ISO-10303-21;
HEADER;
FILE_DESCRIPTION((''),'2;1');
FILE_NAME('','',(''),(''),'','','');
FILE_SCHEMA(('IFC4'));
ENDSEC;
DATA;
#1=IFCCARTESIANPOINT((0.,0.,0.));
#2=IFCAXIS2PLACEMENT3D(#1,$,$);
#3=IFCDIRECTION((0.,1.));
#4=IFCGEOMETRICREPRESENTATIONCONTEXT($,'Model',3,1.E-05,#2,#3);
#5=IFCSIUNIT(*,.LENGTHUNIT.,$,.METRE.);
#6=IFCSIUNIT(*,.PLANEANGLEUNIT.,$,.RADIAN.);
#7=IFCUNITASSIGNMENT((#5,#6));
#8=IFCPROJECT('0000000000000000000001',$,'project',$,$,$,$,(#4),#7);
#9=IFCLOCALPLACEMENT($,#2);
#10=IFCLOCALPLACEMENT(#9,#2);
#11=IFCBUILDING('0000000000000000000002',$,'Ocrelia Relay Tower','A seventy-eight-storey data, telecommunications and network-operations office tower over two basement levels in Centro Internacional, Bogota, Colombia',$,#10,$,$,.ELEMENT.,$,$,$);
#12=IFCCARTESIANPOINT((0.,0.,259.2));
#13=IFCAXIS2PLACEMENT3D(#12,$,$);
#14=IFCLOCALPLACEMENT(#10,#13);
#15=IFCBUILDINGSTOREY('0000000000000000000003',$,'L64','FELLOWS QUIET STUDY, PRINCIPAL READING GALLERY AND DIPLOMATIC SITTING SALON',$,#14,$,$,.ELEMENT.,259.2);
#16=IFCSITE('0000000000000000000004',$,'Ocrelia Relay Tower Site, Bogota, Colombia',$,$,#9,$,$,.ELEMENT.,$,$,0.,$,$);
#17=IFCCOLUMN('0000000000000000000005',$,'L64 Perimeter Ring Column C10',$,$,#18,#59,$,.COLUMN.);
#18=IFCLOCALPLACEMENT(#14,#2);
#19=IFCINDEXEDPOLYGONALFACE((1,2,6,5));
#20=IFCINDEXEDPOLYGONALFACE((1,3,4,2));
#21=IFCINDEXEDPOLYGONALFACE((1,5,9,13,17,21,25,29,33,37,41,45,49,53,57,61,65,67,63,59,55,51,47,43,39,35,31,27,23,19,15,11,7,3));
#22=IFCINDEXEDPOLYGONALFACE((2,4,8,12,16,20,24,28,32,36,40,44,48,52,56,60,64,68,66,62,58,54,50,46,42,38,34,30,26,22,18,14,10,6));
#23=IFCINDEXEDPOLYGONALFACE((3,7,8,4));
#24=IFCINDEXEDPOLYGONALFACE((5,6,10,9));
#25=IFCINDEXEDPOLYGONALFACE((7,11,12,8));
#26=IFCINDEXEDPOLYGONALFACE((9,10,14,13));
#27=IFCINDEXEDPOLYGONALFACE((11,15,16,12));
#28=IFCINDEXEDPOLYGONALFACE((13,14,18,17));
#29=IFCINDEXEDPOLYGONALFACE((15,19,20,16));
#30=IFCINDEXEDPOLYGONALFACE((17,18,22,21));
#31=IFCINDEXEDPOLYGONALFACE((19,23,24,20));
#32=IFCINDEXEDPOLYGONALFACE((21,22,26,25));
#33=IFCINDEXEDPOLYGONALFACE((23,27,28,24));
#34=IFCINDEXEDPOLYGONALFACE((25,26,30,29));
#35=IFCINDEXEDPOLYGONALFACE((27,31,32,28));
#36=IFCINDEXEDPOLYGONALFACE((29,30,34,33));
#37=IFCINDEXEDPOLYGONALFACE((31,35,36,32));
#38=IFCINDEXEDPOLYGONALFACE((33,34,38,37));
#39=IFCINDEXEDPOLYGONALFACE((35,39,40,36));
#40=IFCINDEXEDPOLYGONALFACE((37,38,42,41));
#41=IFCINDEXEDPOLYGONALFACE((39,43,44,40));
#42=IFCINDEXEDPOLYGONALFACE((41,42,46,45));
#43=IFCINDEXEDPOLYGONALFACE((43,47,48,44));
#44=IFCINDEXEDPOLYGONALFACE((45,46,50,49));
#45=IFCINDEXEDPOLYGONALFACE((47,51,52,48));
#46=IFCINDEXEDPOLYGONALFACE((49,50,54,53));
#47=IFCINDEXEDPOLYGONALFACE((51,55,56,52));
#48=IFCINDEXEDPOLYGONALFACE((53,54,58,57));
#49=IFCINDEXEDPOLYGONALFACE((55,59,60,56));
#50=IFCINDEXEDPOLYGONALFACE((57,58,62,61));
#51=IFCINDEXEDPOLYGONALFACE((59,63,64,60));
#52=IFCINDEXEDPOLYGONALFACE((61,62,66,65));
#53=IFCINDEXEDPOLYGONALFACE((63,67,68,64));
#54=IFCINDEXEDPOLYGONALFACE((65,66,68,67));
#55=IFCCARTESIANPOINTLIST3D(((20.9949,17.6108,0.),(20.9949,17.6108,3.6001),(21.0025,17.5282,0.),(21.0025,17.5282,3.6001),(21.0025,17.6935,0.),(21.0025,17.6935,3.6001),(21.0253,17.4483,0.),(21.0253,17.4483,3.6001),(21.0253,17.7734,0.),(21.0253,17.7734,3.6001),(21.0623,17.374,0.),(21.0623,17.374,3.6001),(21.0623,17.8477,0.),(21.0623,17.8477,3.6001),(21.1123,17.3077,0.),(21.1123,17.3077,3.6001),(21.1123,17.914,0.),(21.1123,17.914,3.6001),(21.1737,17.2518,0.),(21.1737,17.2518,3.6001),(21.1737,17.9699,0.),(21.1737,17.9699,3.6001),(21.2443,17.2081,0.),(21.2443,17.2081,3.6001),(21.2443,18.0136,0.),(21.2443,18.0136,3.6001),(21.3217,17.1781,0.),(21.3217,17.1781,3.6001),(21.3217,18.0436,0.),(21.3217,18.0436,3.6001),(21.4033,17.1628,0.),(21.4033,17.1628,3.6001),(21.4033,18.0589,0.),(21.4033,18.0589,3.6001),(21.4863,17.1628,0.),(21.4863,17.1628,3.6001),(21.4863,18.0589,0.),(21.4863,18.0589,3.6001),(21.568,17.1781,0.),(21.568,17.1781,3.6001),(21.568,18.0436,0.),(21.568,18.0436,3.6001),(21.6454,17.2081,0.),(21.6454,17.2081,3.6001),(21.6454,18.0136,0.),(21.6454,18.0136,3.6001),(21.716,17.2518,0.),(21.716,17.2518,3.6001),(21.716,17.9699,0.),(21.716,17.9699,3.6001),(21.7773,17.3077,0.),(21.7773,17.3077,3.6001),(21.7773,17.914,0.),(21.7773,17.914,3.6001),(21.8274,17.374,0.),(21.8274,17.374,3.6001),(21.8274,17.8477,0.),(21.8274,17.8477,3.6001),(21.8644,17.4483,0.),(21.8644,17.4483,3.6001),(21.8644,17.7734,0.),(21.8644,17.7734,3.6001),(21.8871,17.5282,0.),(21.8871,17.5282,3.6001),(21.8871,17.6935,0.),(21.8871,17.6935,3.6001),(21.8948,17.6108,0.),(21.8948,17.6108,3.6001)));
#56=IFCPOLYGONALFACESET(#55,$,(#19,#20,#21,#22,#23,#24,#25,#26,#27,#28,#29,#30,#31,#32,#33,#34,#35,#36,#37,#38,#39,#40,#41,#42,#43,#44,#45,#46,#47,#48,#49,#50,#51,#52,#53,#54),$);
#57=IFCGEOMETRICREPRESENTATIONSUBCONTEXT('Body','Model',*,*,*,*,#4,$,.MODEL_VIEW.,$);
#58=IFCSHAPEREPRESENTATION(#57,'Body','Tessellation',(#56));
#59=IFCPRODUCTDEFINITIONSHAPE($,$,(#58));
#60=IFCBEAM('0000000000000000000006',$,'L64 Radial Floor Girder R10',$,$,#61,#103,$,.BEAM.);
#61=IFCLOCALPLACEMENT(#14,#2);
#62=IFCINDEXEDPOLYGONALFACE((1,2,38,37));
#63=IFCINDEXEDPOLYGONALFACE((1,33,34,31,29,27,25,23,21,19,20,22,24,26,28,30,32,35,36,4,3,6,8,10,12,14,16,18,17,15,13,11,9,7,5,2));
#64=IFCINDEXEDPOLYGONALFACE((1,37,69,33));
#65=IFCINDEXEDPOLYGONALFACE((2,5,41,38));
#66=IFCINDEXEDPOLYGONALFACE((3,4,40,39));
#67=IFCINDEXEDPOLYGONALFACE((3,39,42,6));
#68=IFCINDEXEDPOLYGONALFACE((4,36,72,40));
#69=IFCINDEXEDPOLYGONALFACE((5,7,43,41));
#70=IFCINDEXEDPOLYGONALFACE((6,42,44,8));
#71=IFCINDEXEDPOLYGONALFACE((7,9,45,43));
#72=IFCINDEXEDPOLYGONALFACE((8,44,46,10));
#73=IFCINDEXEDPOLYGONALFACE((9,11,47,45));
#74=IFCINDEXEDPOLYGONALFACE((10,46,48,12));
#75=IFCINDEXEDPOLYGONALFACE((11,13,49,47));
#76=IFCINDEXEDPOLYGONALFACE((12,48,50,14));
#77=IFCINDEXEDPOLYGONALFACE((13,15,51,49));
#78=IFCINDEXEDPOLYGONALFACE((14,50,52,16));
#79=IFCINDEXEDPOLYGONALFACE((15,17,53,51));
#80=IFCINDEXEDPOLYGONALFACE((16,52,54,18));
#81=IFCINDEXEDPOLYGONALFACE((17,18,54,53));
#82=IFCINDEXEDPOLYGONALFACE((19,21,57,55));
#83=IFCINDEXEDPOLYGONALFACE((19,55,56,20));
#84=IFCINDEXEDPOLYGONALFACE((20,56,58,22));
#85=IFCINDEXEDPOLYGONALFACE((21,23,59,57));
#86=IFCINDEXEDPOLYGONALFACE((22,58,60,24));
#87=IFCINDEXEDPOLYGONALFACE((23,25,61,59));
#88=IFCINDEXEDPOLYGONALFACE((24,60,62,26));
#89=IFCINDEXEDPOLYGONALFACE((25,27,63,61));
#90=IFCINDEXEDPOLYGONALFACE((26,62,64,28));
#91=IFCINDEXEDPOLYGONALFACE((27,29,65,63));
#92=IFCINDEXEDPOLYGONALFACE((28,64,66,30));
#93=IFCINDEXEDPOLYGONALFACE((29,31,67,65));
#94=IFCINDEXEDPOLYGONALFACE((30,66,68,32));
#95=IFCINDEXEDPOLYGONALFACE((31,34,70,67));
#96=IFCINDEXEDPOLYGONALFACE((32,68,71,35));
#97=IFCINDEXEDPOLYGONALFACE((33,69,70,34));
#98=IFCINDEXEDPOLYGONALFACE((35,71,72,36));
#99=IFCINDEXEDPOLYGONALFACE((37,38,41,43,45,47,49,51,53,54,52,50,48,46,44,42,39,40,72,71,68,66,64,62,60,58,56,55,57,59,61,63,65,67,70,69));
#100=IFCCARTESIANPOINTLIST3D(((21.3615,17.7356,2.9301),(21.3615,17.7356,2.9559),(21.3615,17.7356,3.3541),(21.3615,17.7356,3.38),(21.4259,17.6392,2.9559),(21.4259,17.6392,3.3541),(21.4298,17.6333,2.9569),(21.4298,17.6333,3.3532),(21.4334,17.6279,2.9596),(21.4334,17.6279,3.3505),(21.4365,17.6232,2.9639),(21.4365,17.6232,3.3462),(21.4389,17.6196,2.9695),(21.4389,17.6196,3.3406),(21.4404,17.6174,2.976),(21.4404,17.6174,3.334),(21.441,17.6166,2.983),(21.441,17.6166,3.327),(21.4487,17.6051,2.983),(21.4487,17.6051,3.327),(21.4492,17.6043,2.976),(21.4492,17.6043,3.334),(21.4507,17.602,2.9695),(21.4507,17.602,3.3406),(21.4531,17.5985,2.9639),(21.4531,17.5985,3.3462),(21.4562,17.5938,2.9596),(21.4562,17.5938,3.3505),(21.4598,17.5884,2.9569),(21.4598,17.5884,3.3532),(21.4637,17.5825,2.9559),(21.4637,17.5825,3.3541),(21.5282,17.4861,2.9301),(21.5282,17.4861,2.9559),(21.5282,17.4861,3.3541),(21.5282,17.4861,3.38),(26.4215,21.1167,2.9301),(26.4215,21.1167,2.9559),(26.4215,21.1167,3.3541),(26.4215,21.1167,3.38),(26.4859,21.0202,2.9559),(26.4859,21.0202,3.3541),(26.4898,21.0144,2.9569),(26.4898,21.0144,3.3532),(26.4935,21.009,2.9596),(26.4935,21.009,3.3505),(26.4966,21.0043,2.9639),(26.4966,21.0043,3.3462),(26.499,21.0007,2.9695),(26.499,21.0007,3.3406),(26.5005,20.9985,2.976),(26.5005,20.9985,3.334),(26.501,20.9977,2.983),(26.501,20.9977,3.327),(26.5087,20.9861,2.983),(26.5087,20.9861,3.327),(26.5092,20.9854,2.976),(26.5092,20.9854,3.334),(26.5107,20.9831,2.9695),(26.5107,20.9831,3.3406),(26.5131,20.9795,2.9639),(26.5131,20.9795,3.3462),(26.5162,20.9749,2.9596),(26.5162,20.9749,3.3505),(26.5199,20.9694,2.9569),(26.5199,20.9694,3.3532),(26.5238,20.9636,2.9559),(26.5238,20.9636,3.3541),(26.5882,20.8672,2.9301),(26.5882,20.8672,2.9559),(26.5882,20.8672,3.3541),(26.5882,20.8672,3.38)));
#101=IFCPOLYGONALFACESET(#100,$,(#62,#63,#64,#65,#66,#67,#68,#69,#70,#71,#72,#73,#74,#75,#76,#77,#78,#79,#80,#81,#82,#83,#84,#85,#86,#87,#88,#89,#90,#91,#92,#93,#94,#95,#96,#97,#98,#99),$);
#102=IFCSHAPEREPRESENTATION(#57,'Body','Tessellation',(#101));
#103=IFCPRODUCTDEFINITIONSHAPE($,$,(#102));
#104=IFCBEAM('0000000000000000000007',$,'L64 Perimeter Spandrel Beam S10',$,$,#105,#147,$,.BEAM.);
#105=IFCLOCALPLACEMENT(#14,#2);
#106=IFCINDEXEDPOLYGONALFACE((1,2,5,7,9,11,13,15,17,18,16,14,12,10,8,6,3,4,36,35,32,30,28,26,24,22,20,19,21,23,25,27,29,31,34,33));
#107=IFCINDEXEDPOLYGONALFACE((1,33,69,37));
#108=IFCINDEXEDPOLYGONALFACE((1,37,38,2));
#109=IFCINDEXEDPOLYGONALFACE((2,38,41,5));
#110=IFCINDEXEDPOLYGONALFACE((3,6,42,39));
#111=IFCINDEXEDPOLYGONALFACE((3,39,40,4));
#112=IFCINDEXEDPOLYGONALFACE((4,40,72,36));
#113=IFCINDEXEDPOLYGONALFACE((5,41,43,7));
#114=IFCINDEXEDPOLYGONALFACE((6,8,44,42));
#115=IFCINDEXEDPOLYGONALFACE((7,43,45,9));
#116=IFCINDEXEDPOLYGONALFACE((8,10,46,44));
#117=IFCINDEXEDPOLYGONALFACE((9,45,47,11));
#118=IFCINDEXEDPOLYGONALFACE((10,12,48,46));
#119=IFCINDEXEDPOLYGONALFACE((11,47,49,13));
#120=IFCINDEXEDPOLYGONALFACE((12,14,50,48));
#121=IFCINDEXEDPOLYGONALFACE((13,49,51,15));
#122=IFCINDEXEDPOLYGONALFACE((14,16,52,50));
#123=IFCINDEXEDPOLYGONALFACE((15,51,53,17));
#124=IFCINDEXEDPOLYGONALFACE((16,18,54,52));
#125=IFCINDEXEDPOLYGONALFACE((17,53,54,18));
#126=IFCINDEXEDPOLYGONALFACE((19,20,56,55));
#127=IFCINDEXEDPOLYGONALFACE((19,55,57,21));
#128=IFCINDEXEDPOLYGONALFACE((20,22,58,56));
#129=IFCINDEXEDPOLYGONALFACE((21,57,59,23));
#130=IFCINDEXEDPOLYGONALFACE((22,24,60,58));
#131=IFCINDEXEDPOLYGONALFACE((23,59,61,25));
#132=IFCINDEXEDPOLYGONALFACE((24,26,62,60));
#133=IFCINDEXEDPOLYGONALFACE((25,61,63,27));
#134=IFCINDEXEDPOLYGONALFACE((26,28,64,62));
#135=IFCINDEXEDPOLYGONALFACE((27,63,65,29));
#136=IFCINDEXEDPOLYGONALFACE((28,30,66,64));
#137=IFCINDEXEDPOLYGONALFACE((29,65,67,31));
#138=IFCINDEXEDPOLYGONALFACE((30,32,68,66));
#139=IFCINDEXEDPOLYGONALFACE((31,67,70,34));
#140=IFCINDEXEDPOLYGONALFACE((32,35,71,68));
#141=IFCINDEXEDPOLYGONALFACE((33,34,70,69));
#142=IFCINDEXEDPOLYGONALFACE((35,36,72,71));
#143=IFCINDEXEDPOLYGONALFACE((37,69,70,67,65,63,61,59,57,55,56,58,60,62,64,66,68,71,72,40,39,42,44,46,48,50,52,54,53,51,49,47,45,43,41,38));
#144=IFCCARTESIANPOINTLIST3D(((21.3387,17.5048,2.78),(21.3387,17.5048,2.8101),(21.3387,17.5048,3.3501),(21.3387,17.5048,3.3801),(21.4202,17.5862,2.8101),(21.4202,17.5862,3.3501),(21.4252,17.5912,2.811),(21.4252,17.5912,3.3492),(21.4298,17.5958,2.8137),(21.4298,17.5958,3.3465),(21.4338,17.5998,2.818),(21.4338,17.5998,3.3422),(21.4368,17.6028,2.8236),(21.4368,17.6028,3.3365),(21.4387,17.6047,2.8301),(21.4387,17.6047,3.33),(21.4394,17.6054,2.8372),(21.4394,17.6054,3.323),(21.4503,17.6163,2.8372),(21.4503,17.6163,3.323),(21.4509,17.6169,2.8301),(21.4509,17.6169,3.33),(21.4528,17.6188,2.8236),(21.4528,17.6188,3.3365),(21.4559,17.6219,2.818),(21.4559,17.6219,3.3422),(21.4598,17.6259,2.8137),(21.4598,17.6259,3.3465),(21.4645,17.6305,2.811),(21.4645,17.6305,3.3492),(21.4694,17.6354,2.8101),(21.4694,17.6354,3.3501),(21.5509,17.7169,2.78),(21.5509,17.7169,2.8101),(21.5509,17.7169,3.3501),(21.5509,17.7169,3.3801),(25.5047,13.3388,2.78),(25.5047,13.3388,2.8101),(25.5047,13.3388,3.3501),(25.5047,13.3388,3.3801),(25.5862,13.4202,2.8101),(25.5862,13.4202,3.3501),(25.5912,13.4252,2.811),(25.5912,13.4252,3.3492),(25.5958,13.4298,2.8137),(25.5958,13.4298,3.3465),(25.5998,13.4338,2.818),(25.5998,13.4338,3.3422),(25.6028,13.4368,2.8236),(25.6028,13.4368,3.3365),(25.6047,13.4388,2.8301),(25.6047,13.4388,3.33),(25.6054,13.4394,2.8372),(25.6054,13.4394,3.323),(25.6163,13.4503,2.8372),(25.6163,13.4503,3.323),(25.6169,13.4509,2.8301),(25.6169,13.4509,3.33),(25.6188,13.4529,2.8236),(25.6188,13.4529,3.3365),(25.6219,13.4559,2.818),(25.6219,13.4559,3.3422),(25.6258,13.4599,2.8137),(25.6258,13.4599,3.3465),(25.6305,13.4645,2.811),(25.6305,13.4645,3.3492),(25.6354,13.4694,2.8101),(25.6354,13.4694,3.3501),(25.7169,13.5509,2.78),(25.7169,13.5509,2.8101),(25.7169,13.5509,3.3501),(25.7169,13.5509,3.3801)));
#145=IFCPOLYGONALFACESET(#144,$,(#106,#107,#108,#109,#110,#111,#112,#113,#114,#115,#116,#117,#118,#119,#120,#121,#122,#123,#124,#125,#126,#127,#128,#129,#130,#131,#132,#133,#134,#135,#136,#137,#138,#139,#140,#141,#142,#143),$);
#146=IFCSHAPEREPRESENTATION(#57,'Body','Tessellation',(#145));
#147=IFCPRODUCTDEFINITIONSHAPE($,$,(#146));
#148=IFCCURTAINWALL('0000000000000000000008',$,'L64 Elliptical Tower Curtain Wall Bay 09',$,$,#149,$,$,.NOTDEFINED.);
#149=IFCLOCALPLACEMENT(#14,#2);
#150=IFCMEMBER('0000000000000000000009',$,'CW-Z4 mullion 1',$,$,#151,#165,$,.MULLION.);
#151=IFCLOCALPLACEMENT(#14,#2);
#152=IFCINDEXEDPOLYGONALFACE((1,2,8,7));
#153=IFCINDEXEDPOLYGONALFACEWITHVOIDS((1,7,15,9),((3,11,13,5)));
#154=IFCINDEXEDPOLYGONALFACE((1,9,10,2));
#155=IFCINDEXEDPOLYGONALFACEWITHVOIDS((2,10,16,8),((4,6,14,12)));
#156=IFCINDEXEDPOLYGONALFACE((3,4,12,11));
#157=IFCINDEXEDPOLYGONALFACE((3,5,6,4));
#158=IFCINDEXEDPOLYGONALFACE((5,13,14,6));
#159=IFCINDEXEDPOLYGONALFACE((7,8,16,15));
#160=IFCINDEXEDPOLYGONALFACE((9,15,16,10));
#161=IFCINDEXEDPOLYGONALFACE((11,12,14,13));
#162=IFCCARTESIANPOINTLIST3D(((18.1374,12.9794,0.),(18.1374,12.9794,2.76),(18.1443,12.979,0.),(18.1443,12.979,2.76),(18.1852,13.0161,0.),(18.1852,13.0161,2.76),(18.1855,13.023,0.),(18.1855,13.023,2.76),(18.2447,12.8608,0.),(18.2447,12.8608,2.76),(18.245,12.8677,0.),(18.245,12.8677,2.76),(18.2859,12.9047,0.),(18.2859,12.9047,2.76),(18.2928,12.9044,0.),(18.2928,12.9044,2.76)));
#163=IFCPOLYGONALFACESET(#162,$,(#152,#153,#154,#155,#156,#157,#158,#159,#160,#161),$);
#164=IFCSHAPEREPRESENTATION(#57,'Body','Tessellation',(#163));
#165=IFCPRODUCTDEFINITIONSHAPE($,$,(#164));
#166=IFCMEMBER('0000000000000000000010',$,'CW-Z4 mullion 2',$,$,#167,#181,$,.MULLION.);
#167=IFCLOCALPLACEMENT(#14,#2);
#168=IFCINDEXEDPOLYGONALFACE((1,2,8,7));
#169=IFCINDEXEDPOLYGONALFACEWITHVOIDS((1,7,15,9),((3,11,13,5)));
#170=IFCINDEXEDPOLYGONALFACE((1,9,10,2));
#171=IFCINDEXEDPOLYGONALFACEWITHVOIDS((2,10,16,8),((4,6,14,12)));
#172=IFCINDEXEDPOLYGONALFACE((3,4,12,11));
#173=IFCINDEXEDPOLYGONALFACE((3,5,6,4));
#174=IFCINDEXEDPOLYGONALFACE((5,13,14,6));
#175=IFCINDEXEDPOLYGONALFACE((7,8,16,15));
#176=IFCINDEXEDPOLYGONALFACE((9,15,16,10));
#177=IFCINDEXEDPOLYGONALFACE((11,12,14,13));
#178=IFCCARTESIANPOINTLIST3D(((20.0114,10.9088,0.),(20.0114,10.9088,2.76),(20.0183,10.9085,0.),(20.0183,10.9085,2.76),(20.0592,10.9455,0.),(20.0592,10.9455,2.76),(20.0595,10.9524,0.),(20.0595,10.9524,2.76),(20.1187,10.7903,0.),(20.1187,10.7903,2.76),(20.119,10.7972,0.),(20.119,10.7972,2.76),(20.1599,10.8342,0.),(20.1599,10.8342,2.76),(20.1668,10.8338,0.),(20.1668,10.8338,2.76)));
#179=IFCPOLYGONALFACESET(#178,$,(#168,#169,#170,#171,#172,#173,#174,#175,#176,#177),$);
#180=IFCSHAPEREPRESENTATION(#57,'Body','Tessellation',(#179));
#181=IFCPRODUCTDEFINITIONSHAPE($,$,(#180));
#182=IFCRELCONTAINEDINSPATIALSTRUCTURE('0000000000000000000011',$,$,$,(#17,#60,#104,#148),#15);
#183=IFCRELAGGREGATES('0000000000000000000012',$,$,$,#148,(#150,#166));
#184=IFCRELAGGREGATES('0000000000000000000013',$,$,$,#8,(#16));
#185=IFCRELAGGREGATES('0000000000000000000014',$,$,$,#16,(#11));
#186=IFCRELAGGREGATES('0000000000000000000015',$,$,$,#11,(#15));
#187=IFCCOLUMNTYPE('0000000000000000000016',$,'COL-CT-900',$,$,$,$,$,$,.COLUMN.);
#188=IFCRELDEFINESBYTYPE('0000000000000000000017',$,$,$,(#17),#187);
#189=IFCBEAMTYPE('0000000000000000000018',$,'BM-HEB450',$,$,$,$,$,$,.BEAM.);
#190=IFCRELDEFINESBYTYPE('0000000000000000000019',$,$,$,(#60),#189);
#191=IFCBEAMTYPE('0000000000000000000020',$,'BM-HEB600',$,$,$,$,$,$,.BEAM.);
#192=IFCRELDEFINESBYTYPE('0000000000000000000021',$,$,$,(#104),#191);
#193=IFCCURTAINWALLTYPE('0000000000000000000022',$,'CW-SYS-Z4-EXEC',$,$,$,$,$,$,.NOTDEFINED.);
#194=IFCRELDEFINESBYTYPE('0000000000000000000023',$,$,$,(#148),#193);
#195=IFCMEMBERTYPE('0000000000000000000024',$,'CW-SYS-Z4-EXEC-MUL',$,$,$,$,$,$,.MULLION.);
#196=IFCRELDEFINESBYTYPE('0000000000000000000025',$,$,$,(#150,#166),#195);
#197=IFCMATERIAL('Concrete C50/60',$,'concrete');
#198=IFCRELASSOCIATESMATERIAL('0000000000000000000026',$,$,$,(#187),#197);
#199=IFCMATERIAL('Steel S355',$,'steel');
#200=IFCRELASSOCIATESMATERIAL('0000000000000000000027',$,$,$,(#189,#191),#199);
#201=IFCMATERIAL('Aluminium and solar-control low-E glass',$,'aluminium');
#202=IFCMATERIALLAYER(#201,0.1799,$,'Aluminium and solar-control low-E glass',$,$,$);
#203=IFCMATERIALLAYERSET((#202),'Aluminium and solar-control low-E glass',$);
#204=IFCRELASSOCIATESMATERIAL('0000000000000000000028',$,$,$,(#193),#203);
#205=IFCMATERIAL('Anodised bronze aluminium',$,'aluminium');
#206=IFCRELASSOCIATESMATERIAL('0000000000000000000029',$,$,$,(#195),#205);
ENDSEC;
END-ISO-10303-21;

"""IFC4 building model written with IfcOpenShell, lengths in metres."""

from ifc_helpers import new_model, si_unit, direction, frame, origin, origin_2d, place, context, subcontext, project, spatial, hollow_rectangle, circle, i_section, extrude, material, layer, layer_set, material_profile, profile_set, type_object, element, aggregate, save


model = new_model("IFC4")

# Units and contexts
model_context = context("Model", 3, precision=1e-05, world=origin(), true_north=direction((0.0, 1.0)))
body_context = subcontext(model_context, "Body", "Model", "MODEL_VIEW")
ifc_project = project(units=[si_unit("LENGTHUNIT", "METRE"), si_unit("PLANEANGLEUNIT", "RADIAN")], contexts=[model_context])

# Site, building, storey
site_placement = place(None, origin())
site = spatial("IfcSite", under=ifc_project, at=site_placement, Name="Ocrelia Relay Tower Site, Bogota, Colombia", CompositionType="ELEMENT", RefElevation=0.0)
building_placement = place(site_placement, origin())
building = spatial("IfcBuilding", under=site, at=building_placement, Name="Ocrelia Relay Tower", Description="A seventy-eight-storey data, telecommunications and network-operations office tower over two basement levels in Centro Internacional, Bogota, Colombia", CompositionType="ELEMENT")
storey_placement = place(building_placement, frame((0.0, 0.0, 259.2)))
storey = spatial("IfcBuildingStorey", under=building, at=storey_placement, Name="L64", Description="FELLOWS QUIET STUDY, PRINCIPAL READING GALLERY AND DIPLOMATIC SITTING SALON", CompositionType="ELEMENT", Elevation=259.2)

# Column
ifc_material_1 = material(Name="Concrete C50/60", Category="concrete")
ifc_material_profile_1 = material_profile(ifc_material_1, circle(Radius=0.45, at=origin_2d()), Name="RC-CIR-900")
ifc_profile_set_1 = profile_set([ifc_material_profile_1], Name="Concrete C50/60")
column_type = type_object("IfcColumnType", Name="COL-CT-900", PredefinedType="COLUMN", material=ifc_profile_set_1)
column_placement = place(storey_placement, frame((21.4448, 17.6108, 0.0), z_axis=(0.0, 0.0, 1.0), x_axis=(1.0, 0.0, 0.0)))
element("IfcColumn", 1, at=column_placement, inside=storey, type_object=column_type, Name="L64 Perimeter Ring Column C10", PredefinedType="COLUMN", context=body_context, shape_type="SweptSolid", body=[
    extrude(circle(Radius=0.45, at=origin_2d()), origin(), (0.0, 0.0, 1.0), 3.6001),
])

# Beams
ifc_material_2 = material(Name="Steel S355", Category="steel")
ifc_material_profile_2 = material_profile(ifc_material_2, i_section(OverallWidth=0.3, OverallDepth=0.45, WebThickness=0.0139, FlangeThickness=0.0259, FilletRadius=0.0271, at=origin_2d()), Name="HEB 450")
ifc_profile_set_2 = profile_set([ifc_material_profile_2], Name="Steel S355")
beam_type_1 = type_object("IfcBeamType", Name="BM-HEB450", PredefinedType="BEAM", material=ifc_profile_set_2)
beam_1_placement = place(storey_placement, frame((21.4448, 17.6108, 3.155), z_axis=(0.831464, 0.555579, 0.0), x_axis=(-0.555579, 0.831464, 0.0)))
element("IfcBeam", 2, at=beam_1_placement, inside=storey, type_object=beam_type_1, Name="L64 Radial Floor Girder R10", PredefinedType="BEAM", context=body_context, shape_type="SweptSolid", body=[
    extrude(i_section(OverallWidth=0.3, OverallDepth=0.45, WebThickness=0.0139, FlangeThickness=0.0259, FilletRadius=0.0271, at=origin_2d()), origin(), (0.0, 0.0, 1.0), 6.0857),
])
ifc_material_profile_3 = material_profile(ifc_material_2, i_section(OverallWidth=0.3, OverallDepth=0.6001, WebThickness=0.0154, FlangeThickness=0.03, FilletRadius=0.0271, at=origin_2d()), Name="HEB 600")
ifc_profile_set_3 = profile_set([ifc_material_profile_3], Name="Steel S355")
beam_type_2 = type_object("IfcBeamType", Name="BM-HEB600", PredefinedType="BEAM", material=ifc_profile_set_3)
beam_2_placement = place(storey_placement, frame((21.4448, 17.6108, 3.0801), z_axis=(0.707107, -0.707107, 0.0), x_axis=(0.707107, 0.707107, 0.0)))
element("IfcBeam", 3, at=beam_2_placement, inside=storey, type_object=beam_type_2, Name="L64 Perimeter Spandrel Beam S10", PredefinedType="BEAM", context=body_context, shape_type="SweptSolid", body=[
    extrude(i_section(OverallWidth=0.3, OverallDepth=0.6001, WebThickness=0.0154, FlangeThickness=0.03, FilletRadius=0.0271, at=origin_2d()), origin(), (0.0, 0.0, 1.0), 5.8916),
])

# Curtain wall, members
ifc_material_3 = material(Name="Aluminium and solar-control low-E glass", Category="aluminium")
ifc_layer_1 = layer(ifc_material_3, 0.1799, Name="Aluminium and solar-control low-E glass")
ifc_layer_set_1 = layer_set([ifc_layer_1], Name="Aluminium and solar-control low-E glass")
curtain_wall_type = type_object("IfcCurtainWallType", Name="CW-SYS-Z4-EXEC", PredefinedType="NOTDEFINED", material=ifc_layer_set_1)
curtain_wall_1_placement = place(storey_placement, origin())
curtain_wall_1 = element("IfcCurtainWall", 4, at=curtain_wall_1_placement, inside=storey, type_object=curtain_wall_type, Name="L64 Elliptical Tower Curtain Wall Bay 09", PredefinedType="NOTDEFINED")
ifc_material_4 = material(Name="Anodised bronze aluminium", Category="aluminium")
ifc_material_profile_4 = material_profile(ifc_material_4, hollow_rectangle(XDim=0.0649, YDim=0.1599, WallThickness=0.0049, at=origin_2d()), Name="CW-MUL-160x65")
ifc_profile_set_4 = profile_set([ifc_material_profile_4], Name="Anodised bronze aluminium")
member_type_1 = type_object("IfcMemberType", Name="CW-SYS-Z4-EXEC-MUL", PredefinedType="MULLION", material=ifc_profile_set_4)
member_1_placement = place(storey_placement, frame((18.2151, 12.9419, 0.0), z_axis=(0.0, 0.0, 1.0), x_axis=(0.741415, 0.671047, 0.0)))
member_1 = element("IfcMember", 5, at=member_1_placement, type_object=member_type_1, Name="CW-Z4 mullion 1", PredefinedType="MULLION", context=body_context, shape_type="SweptSolid", body=[
    extrude(hollow_rectangle(XDim=0.0649, YDim=0.1599, WallThickness=0.0049, at=origin_2d()), origin(), (0.0, 0.0, 1.0), 2.76),
])
member_2_placement = place(storey_placement, frame((20.0891, 10.8713, 0.0), z_axis=(0.0, 0.0, 1.0), x_axis=(0.741415, 0.671047, 0.0)))
member_2 = element("IfcMember", 6, at=member_2_placement, type_object=member_type_1, Name="CW-Z4 mullion 2", PredefinedType="MULLION", context=body_context, shape_type="SweptSolid", body=[
    extrude(hollow_rectangle(XDim=0.0649, YDim=0.1599, WallThickness=0.0049, at=origin_2d()), origin(), (0.0, 0.0, 1.0), 2.76),
])

aggregate(curtain_wall_1, [member_1, member_2])

save(model, "model.ifc")
